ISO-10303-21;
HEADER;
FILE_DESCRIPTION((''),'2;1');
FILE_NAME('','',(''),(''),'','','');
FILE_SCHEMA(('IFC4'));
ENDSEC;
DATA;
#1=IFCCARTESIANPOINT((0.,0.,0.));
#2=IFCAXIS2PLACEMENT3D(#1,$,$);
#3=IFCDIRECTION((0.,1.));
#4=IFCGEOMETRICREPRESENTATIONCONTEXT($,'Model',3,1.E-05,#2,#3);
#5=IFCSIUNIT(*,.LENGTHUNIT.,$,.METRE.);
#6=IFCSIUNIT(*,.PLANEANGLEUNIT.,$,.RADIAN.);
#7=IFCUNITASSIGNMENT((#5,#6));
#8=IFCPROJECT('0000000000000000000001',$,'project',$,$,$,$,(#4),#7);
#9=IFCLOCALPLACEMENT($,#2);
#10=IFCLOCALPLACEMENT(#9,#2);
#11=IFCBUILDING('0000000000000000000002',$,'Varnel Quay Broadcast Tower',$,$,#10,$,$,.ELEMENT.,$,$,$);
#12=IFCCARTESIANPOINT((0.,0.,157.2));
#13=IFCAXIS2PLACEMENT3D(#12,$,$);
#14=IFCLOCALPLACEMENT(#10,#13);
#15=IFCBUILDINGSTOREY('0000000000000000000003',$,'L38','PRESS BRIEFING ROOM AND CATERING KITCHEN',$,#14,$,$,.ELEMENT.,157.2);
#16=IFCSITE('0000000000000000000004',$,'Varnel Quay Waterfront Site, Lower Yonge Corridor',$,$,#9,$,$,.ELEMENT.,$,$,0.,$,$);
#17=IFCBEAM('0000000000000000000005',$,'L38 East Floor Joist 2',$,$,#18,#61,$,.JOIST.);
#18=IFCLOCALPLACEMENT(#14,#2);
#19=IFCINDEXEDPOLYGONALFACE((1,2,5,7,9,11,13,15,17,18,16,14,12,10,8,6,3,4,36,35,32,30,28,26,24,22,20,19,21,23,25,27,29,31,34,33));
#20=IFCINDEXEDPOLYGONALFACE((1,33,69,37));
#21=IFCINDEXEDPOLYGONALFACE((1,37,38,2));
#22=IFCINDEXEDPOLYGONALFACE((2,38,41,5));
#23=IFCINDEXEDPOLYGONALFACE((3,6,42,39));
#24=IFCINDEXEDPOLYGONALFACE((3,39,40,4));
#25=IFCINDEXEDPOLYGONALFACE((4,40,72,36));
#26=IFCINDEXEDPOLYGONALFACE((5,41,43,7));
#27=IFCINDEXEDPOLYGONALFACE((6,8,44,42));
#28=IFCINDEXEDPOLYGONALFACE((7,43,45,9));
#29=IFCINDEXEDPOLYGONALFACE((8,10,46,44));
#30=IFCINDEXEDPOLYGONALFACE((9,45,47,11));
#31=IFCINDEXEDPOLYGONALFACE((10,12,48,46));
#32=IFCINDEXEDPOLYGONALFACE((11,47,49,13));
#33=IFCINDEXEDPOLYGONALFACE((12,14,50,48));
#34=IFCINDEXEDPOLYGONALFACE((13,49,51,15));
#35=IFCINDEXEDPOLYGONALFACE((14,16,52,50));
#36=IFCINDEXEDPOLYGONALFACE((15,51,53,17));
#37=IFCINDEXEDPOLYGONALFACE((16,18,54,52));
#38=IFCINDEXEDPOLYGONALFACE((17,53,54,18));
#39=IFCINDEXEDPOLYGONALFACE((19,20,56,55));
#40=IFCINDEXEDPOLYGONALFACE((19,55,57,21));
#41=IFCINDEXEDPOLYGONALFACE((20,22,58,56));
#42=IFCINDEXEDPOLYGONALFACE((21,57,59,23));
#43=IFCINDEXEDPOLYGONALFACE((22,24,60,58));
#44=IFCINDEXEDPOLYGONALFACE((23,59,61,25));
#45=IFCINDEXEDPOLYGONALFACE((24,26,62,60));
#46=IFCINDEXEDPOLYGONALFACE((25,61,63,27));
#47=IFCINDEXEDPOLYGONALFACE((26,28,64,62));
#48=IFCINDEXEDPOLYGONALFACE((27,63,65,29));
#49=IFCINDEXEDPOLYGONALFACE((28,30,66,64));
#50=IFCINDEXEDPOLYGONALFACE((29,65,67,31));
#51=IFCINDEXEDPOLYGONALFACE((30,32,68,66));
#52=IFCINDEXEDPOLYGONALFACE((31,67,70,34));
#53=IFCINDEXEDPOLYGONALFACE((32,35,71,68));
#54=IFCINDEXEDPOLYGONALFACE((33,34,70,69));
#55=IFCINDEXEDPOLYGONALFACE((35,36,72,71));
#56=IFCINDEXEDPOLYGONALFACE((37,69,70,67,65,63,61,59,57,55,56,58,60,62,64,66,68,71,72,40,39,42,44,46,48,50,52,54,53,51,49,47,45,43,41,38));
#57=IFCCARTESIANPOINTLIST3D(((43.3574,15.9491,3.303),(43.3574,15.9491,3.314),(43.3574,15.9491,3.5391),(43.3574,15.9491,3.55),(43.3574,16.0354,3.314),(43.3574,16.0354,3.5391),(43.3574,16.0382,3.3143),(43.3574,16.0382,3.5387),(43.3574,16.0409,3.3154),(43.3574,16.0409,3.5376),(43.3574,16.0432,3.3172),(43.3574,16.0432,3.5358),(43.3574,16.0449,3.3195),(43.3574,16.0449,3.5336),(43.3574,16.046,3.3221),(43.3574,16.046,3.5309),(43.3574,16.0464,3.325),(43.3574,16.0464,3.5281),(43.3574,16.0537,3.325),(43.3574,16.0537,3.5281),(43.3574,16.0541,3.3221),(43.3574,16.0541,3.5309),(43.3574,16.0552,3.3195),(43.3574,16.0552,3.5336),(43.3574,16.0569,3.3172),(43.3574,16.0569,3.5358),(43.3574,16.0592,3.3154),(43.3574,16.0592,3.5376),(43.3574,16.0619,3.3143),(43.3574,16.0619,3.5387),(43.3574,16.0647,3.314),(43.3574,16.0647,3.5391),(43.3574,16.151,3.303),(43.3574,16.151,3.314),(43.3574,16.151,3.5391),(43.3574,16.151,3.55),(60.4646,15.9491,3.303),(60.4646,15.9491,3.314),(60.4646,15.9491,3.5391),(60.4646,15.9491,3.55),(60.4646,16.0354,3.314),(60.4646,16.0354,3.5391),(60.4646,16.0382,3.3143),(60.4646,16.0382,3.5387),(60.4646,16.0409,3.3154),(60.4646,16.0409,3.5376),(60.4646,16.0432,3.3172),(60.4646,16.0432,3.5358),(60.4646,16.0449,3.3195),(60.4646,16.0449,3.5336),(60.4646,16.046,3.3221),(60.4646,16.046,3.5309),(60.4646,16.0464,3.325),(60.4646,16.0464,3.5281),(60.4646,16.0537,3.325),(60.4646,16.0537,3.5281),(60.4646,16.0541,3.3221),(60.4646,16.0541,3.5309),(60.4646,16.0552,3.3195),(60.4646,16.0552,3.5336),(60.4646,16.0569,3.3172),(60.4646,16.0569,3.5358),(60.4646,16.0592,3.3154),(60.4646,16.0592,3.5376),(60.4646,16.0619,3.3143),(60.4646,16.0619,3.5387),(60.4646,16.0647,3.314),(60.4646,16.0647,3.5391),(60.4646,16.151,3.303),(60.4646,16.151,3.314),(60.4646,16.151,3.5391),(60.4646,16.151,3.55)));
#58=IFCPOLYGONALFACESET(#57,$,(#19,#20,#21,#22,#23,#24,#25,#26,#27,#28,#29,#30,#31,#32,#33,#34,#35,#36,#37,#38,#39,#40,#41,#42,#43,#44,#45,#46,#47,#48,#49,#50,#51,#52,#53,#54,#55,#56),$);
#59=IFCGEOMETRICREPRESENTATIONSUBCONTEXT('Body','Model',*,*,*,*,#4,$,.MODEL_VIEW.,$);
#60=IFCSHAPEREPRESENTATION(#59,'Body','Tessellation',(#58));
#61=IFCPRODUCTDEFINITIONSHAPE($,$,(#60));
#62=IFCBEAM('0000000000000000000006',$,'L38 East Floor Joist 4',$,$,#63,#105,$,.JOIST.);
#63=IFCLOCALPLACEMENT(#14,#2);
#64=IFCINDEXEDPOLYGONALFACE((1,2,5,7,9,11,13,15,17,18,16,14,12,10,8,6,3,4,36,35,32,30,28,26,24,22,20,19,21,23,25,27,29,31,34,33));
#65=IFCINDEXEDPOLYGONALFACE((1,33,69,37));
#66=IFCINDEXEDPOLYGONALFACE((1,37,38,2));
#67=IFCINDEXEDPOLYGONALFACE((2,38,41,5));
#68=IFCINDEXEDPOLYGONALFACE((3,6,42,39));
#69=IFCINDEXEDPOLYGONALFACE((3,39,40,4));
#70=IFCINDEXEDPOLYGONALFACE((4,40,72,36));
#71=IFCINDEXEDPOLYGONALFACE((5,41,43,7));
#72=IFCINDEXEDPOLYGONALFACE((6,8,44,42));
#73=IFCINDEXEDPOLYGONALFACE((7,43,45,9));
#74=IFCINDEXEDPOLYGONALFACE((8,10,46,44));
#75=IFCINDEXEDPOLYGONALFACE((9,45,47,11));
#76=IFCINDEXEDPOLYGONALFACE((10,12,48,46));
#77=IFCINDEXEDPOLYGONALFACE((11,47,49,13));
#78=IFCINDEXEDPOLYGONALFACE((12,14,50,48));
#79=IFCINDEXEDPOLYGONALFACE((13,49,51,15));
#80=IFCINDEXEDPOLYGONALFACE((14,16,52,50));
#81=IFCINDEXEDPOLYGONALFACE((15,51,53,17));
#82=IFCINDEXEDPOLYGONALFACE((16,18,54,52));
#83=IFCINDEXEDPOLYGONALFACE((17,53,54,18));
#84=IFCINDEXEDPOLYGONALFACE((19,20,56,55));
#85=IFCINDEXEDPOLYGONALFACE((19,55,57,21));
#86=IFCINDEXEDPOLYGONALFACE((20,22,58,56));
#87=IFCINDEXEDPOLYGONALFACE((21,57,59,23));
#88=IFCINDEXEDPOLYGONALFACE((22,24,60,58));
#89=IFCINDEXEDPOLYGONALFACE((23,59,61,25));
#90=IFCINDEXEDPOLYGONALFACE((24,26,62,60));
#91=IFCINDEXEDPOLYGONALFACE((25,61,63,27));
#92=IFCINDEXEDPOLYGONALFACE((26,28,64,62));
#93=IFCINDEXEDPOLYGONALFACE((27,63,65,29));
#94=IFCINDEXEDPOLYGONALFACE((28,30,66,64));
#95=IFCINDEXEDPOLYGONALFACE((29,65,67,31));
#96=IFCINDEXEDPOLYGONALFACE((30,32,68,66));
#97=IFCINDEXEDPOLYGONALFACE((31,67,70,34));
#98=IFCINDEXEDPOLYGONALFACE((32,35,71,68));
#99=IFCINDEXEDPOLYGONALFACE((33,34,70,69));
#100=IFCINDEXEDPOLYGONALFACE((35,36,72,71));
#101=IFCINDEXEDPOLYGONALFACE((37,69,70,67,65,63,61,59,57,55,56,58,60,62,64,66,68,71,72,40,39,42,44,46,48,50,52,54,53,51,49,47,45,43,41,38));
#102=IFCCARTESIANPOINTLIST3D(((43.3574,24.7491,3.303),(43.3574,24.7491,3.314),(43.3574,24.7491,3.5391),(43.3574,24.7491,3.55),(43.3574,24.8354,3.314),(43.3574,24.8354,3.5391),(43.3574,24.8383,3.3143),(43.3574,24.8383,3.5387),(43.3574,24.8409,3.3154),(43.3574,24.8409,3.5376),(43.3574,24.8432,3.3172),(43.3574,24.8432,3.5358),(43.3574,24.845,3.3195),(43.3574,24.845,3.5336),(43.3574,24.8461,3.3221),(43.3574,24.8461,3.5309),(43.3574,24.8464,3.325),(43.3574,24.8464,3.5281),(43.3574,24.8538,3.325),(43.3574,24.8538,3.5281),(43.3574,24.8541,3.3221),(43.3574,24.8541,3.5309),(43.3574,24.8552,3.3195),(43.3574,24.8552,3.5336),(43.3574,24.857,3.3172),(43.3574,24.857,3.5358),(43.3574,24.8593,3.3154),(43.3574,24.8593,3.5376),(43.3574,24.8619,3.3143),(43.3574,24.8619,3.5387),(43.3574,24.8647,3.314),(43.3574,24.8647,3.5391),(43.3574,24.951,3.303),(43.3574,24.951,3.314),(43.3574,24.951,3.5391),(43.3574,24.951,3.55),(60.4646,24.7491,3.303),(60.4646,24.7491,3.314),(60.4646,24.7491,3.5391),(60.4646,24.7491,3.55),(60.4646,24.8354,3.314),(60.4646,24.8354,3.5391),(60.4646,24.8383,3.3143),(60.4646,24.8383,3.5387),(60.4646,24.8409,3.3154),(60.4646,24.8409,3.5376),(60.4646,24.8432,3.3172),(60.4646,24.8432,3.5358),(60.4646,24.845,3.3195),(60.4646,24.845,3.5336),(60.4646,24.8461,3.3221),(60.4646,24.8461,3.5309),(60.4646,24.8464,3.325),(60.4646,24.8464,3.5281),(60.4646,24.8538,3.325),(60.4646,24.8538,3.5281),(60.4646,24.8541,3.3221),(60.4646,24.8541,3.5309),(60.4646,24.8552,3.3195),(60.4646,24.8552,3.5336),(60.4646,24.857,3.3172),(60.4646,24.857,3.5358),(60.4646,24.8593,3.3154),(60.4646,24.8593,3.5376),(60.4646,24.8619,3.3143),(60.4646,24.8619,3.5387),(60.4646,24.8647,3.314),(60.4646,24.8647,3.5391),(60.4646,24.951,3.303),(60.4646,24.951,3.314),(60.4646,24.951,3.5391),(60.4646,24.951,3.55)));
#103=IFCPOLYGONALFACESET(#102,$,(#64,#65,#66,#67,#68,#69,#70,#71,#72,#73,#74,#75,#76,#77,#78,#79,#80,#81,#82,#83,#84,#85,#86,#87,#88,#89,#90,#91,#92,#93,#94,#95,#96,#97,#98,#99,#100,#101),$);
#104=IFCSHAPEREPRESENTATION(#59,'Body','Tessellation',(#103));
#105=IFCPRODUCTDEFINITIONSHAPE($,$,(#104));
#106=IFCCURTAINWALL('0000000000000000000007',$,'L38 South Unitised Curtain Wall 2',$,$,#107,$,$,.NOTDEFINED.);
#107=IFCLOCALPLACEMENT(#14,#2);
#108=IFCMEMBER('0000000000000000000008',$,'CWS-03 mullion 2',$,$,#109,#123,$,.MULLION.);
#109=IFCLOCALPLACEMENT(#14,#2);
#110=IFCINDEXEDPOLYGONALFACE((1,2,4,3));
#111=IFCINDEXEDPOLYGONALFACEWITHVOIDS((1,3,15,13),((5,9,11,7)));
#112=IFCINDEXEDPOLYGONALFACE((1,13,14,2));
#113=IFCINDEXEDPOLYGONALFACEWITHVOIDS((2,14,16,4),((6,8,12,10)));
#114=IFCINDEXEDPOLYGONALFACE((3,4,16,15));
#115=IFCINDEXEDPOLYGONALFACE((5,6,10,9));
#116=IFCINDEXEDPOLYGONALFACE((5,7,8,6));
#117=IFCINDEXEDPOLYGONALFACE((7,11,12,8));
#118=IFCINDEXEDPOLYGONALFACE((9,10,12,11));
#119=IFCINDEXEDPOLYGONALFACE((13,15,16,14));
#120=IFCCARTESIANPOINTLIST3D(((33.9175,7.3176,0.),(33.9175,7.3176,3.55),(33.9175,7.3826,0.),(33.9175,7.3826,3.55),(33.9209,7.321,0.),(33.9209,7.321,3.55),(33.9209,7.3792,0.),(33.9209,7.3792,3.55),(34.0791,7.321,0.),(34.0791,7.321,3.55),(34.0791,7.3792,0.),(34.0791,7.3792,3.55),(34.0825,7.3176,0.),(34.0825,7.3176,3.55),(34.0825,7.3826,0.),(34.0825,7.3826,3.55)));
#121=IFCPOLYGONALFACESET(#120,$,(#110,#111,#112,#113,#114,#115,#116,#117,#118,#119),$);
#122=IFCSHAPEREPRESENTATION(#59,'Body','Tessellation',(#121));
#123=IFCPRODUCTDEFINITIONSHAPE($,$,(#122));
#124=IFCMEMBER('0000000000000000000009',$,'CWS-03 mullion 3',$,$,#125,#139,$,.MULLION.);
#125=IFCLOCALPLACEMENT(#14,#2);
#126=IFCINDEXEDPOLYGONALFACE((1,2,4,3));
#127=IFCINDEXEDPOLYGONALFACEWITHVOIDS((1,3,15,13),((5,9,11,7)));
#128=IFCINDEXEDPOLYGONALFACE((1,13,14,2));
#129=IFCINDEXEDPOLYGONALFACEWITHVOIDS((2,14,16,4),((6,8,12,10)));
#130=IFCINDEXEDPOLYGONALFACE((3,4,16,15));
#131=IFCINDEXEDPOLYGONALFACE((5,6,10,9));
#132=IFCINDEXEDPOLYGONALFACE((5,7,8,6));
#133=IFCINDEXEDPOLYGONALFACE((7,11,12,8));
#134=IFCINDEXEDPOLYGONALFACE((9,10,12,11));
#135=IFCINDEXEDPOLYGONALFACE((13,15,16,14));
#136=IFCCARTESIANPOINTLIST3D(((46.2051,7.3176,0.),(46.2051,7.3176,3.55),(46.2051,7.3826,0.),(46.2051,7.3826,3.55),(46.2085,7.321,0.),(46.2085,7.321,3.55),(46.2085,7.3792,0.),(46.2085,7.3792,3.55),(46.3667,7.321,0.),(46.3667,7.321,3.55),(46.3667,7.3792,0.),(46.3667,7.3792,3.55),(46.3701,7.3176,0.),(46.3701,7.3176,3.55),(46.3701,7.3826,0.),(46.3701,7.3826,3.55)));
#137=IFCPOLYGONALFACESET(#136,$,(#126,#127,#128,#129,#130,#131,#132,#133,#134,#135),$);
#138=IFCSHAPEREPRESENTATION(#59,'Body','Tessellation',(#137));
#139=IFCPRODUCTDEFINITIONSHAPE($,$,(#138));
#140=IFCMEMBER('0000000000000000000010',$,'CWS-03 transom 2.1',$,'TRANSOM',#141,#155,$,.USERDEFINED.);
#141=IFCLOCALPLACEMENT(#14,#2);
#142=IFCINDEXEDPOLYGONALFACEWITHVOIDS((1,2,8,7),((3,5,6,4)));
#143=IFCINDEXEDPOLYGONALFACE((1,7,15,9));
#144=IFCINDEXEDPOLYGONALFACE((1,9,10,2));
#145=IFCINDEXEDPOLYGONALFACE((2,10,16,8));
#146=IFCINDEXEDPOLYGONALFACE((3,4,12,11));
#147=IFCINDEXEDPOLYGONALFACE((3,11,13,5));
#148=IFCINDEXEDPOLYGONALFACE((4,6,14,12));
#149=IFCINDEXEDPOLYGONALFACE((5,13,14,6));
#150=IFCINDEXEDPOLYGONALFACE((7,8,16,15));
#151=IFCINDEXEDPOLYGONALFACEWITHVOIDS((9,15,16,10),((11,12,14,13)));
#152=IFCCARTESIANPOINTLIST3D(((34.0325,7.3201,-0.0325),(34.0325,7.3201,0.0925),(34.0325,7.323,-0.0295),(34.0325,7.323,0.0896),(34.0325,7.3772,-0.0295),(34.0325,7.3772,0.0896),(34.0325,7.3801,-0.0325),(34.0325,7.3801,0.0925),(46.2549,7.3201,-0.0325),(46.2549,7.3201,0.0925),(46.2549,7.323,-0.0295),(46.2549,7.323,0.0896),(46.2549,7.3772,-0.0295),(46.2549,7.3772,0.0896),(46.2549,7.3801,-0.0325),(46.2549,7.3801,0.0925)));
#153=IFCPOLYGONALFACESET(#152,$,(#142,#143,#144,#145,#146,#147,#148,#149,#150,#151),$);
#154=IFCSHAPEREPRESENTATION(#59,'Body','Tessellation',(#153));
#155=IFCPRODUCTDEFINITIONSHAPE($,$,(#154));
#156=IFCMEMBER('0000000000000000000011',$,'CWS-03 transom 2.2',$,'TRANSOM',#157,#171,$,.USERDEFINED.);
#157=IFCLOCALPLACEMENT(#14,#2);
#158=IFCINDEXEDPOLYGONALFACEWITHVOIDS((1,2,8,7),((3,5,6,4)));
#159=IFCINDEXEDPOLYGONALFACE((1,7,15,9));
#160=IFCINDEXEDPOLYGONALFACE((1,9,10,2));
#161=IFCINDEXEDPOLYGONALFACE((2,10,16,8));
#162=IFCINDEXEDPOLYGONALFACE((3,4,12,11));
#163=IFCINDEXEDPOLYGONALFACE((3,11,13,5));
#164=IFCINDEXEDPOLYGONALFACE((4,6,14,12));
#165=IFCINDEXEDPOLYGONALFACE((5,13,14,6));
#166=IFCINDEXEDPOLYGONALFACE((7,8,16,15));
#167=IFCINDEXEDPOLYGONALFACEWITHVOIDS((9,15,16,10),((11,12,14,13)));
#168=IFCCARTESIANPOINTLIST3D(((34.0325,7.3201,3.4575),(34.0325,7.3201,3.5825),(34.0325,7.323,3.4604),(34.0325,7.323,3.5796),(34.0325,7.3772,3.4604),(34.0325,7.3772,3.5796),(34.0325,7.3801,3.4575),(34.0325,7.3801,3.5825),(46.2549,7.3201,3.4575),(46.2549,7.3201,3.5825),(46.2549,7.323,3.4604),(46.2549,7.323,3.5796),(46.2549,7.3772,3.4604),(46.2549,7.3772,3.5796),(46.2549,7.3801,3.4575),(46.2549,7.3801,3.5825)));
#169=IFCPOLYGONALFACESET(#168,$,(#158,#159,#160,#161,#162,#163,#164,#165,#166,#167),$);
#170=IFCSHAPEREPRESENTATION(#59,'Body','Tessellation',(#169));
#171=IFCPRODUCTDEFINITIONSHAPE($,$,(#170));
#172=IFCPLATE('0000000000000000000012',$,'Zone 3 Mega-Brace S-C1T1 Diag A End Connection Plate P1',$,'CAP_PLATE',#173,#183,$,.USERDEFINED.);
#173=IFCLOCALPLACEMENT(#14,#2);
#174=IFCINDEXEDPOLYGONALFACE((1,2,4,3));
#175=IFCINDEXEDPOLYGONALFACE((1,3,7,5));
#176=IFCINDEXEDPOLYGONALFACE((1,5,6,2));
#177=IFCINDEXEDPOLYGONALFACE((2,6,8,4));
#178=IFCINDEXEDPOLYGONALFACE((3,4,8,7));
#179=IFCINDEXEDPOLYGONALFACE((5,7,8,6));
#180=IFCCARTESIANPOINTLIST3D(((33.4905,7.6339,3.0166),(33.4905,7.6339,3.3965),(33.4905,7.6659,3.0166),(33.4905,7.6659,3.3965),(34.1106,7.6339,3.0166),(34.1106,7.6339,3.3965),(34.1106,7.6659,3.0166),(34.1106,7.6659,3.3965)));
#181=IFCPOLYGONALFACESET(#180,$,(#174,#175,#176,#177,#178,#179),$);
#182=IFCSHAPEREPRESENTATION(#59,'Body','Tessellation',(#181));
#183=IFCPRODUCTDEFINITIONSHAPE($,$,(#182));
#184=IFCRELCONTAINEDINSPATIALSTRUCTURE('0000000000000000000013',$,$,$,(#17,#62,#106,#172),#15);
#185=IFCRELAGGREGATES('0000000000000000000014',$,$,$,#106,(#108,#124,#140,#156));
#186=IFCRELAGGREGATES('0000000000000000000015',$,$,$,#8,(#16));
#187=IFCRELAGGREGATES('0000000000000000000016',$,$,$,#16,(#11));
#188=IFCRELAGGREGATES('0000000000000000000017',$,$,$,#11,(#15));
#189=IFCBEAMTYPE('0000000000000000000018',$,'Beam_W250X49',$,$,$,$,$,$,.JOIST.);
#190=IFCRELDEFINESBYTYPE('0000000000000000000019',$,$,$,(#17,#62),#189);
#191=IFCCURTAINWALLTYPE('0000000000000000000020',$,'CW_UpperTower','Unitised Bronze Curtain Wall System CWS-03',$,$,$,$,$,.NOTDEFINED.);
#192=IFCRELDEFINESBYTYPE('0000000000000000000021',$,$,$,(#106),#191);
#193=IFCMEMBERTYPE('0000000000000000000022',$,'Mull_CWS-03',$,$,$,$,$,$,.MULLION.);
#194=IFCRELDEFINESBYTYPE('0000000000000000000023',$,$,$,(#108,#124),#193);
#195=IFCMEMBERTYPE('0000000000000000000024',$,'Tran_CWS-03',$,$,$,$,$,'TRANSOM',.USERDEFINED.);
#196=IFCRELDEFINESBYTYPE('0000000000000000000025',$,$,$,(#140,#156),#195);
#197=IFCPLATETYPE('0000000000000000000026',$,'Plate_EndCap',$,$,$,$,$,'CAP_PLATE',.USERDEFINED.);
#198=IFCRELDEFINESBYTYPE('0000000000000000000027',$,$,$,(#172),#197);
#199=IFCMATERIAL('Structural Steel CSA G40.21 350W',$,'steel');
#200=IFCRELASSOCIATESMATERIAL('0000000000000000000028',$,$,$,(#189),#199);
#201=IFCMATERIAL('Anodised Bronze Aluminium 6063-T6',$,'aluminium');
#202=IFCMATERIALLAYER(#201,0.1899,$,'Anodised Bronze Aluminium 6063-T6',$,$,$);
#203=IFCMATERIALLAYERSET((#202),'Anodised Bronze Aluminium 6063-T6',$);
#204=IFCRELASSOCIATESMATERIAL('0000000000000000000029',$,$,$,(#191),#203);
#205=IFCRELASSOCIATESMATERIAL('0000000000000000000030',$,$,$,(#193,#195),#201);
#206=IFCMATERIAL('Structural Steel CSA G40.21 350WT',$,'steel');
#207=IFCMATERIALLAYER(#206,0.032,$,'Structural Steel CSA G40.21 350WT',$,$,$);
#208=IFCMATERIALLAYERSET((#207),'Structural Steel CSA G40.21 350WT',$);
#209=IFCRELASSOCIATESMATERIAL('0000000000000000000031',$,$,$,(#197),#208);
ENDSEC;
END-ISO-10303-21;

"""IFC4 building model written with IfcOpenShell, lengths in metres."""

from ifc_helpers import new_model, si_unit, direction, frame, origin, origin_2d, place, context, subcontext, project, spatial, rectangle, hollow_rectangle, i_section, extrude, source, transform, mapped, material, layer, layer_set, material_profile, profile_set, type_object, type_shapes, element, aggregate, save


model = new_model("IFC4")

# Units and contexts
model_context = context("Model", 3, precision=1e-05, world=origin(), true_north=direction((0.0, 1.0)))
body_context = subcontext(model_context, "Body", "Model", "MODEL_VIEW")
ifc_project = project(units=[si_unit("LENGTHUNIT", "METRE"), si_unit("PLANEANGLEUNIT", "RADIAN")], contexts=[model_context])

# Site, building, storey
site_placement = place(None, origin())
site = spatial("IfcSite", under=ifc_project, at=site_placement, Name="Varnel Quay Waterfront Site, Lower Yonge Corridor", CompositionType="ELEMENT", RefElevation=0.0)
building_placement = place(site_placement, origin())
building = spatial("IfcBuilding", under=site, at=building_placement, Name="Varnel Quay Broadcast Tower", CompositionType="ELEMENT")
storey_placement = place(building_placement, frame((0.0, 0.0, 157.2)))
storey = spatial("IfcBuildingStorey", under=building, at=storey_placement, Name="L38", Description="PRESS BRIEFING ROOM AND CATERING KITCHEN", CompositionType="ELEMENT", Elevation=157.2)

# Shared definitions
ifc_material_1 = material(Name="Structural Steel CSA G40.21 350W", Category="steel")

# Beams
ifc_material_profile_1 = material_profile(ifc_material_1, i_section(OverallWidth=0.2019, OverallDepth=0.2471, WebThickness=0.0073, FlangeThickness=0.011, FilletRadius=0.011, at=origin_2d()), Name="W250X49")
ifc_profile_set_1 = profile_set([ifc_material_profile_1], Name="Structural Steel CSA G40.21 350W")
beam_type_1 = type_object("IfcBeamType", Name="Beam_W250X49", PredefinedType="JOIST", material=ifc_profile_set_1)
shared_shape_1 = source(origin(), body_context, "Body", "SweptSolid", [
    extrude(i_section(OverallWidth=0.2019, OverallDepth=0.2471, WebThickness=0.0073, FlangeThickness=0.011, FilletRadius=0.011, at=origin_2d()), origin(), (0.0, 0.0, 1.0), 17.1072),
])
type_shapes(beam_type_1, [shared_shape_1])
for number, where, z_axis, x_axis, name in (
    (1, (43.3574, 16.05, 3.4265), (1.0, 0.0, 0.0), (0.0, 1.0, 0.0), "L38 East Floor Joist 2"),
    (2, (43.3574, 24.8501, 3.4265), (1.0, 0.0, 0.0), (0.0, 1.0, 0.0), "L38 East Floor Joist 4"),
):
    element("IfcBeam", number, at=place(storey_placement, frame(where, z_axis=z_axis, x_axis=x_axis)), inside=storey, type_object=beam_type_1, Name=name, PredefinedType="JOIST", context=body_context, shape_type="MappedRepresentation", body=[
        mapped(shared_shape_1, transform((0.0, 0.0, 0.0), x_axis=(1.0, 0.0, 0.0), y_axis=(0.0, 1.0, 0.0), z_axis=(0.0, 0.0, 1.0), scale=1.0)),
    ])

# Curtain wall, members
ifc_material_2 = material(Name="Anodised Bronze Aluminium 6063-T6", Category="aluminium")
ifc_layer_1 = layer(ifc_material_2, 0.1899, Name="Anodised Bronze Aluminium 6063-T6")
ifc_layer_set_1 = layer_set([ifc_layer_1], Name="Anodised Bronze Aluminium 6063-T6")
curtain_wall_type = type_object("IfcCurtainWallType", Name="CW_UpperTower", Description="Unitised Bronze Curtain Wall System CWS-03", PredefinedType="NOTDEFINED", material=ifc_layer_set_1)
curtain_wall_placement = place(storey_placement, origin())
curtain_wall = element("IfcCurtainWall", 3, at=curtain_wall_placement, inside=storey, type_object=curtain_wall_type, Name="L38 South Unitised Curtain Wall 2", PredefinedType="NOTDEFINED")
ifc_material_profile_2 = material_profile(ifc_material_2, hollow_rectangle(XDim=0.0649, YDim=0.165, WallThickness=0.0034, at=origin_2d()), Name="ALU65X165X3.5")
ifc_profile_set_2 = profile_set([ifc_material_profile_2], Name="Anodised Bronze Aluminium 6063-T6")
member_type_1 = type_object("IfcMemberType", Name="Mull_CWS-03", PredefinedType="MULLION", material=ifc_profile_set_2)
shared_shape_2 = source(origin(), body_context, "Body", "SweptSolid", [
    extrude(hollow_rectangle(XDim=0.0649, YDim=0.165, WallThickness=0.0034, at=origin_2d()), origin(), (0.0, 0.0, 1.0), 3.55),
])
type_shapes(member_type_1, [shared_shape_2])
member_1_placement = place(storey_placement, frame((34.0, 7.3501, 0.0), z_axis=(0.0, 0.0, 1.0), x_axis=(0.0, 1.0, 0.0)))
member_1 = element("IfcMember", 4, at=member_1_placement, type_object=member_type_1, Name="CWS-03 mullion 2", PredefinedType="MULLION", context=body_context, shape_type="MappedRepresentation", body=[
    mapped(shared_shape_2, transform((0.0, 0.0, 0.0), x_axis=(1.0, 0.0, 0.0), y_axis=(0.0, 1.0, 0.0), z_axis=(0.0, 0.0, 1.0), scale=1.0)),
])
member_2_placement = place(storey_placement, frame((46.2876, 7.3501, 0.0), z_axis=(0.0, 0.0, 1.0), x_axis=(0.0, 1.0, 0.0)))
member_2 = element("IfcMember", 5, at=member_2_placement, type_object=member_type_1, Name="CWS-03 mullion 3", PredefinedType="MULLION", context=body_context, shape_type="MappedRepresentation", body=[
    mapped(shared_shape_2, transform((0.0, 0.0, 0.0), x_axis=(1.0, 0.0, 0.0), y_axis=(0.0, 1.0, 0.0), z_axis=(0.0, 0.0, 1.0), scale=1.0)),
])
ifc_material_profile_3 = material_profile(ifc_material_2, hollow_rectangle(XDim=0.0601, YDim=0.125, WallThickness=0.0029, at=origin_2d()), Name="ALU60X125X3")
ifc_profile_set_3 = profile_set([ifc_material_profile_3], Name="Anodised Bronze Aluminium 6063-T6")
member_type_2 = type_object("IfcMemberType", Name="Tran_CWS-03", ElementType="TRANSOM", PredefinedType="USERDEFINED", material=ifc_profile_set_3)
shared_shape_3 = source(origin(), body_context, "Body", "SweptSolid", [
    extrude(hollow_rectangle(XDim=0.0601, YDim=0.125, WallThickness=0.0029, at=origin_2d()), origin(), (0.0, 0.0, 1.0), 12.2224),
])
type_shapes(member_type_2, [shared_shape_3])
member_3_placement = place(storey_placement, frame((34.0325, 7.3501, 0.03), z_axis=(1.0, 0.0, 0.0), x_axis=(0.0, 1.0, 0.0)))
member_3 = element("IfcMember", 6, at=member_3_placement, type_object=member_type_2, Name="CWS-03 transom 2.1", ObjectType="TRANSOM", PredefinedType="USERDEFINED", context=body_context, shape_type="MappedRepresentation", body=[
    mapped(shared_shape_3, transform((0.0, 0.0, 0.0), x_axis=(1.0, 0.0, 0.0), y_axis=(0.0, 1.0, 0.0), z_axis=(0.0, 0.0, 1.0), scale=1.0)),
])
member_4_placement = place(storey_placement, frame((34.0325, 7.3501, 3.52), z_axis=(1.0, 0.0, 0.0), x_axis=(0.0, 1.0, 0.0)))
member_4 = element("IfcMember", 7, at=member_4_placement, type_object=member_type_2, Name="CWS-03 transom 2.2", ObjectType="TRANSOM", PredefinedType="USERDEFINED", context=body_context, shape_type="MappedRepresentation", body=[
    mapped(shared_shape_3, transform((0.0, 0.0, 0.0), x_axis=(1.0, 0.0, 0.0), y_axis=(0.0, 1.0, 0.0), z_axis=(0.0, 0.0, 1.0), scale=1.0)),
])

# Plate
ifc_material_3 = material(Name="Structural Steel CSA G40.21 350WT", Category="steel")
ifc_layer_2 = layer(ifc_material_3, 0.032, Name="Structural Steel CSA G40.21 350WT")
ifc_layer_set_2 = layer_set([ifc_layer_2], Name="Structural Steel CSA G40.21 350WT")
plate_type_1 = type_object("IfcPlateType", Name="Plate_EndCap", ElementType="CAP_PLATE", PredefinedType="USERDEFINED", material=ifc_layer_set_2)
shared_shape_4 = source(origin(), body_context, "Body", "SweptSolid", [
    extrude(rectangle(XDim=0.6201, YDim=0.032, at=origin_2d()), origin(), (0.0, 0.0, 1.0), 0.3799),
])
type_shapes(plate_type_1, [shared_shape_4])
for number, where, z_axis, x_axis, name in (
    (8, (33.8005, 7.6499, 3.0166), (0.0, 0.0, 1.0), (1.0, 0.0, 0.0), "Zone 3 Mega-Brace S-C1T1 Diag A End Connection Plate P1"),
):
    element("IfcPlate", number, at=place(storey_placement, frame(where, z_axis=z_axis, x_axis=x_axis)), inside=storey, type_object=plate_type_1, Name=name, ObjectType="CAP_PLATE", PredefinedType="USERDEFINED", context=body_context, shape_type="MappedRepresentation", body=[
        mapped(shared_shape_4, transform((0.0, 0.0, 0.0), x_axis=(1.0, 0.0, 0.0), y_axis=(0.0, 1.0, 0.0), z_axis=(0.0, 0.0, 1.0), scale=1.0)),
    ])

aggregate(curtain_wall, [member_1, member_2, member_3, member_4])

save(model, "model.ifc")
